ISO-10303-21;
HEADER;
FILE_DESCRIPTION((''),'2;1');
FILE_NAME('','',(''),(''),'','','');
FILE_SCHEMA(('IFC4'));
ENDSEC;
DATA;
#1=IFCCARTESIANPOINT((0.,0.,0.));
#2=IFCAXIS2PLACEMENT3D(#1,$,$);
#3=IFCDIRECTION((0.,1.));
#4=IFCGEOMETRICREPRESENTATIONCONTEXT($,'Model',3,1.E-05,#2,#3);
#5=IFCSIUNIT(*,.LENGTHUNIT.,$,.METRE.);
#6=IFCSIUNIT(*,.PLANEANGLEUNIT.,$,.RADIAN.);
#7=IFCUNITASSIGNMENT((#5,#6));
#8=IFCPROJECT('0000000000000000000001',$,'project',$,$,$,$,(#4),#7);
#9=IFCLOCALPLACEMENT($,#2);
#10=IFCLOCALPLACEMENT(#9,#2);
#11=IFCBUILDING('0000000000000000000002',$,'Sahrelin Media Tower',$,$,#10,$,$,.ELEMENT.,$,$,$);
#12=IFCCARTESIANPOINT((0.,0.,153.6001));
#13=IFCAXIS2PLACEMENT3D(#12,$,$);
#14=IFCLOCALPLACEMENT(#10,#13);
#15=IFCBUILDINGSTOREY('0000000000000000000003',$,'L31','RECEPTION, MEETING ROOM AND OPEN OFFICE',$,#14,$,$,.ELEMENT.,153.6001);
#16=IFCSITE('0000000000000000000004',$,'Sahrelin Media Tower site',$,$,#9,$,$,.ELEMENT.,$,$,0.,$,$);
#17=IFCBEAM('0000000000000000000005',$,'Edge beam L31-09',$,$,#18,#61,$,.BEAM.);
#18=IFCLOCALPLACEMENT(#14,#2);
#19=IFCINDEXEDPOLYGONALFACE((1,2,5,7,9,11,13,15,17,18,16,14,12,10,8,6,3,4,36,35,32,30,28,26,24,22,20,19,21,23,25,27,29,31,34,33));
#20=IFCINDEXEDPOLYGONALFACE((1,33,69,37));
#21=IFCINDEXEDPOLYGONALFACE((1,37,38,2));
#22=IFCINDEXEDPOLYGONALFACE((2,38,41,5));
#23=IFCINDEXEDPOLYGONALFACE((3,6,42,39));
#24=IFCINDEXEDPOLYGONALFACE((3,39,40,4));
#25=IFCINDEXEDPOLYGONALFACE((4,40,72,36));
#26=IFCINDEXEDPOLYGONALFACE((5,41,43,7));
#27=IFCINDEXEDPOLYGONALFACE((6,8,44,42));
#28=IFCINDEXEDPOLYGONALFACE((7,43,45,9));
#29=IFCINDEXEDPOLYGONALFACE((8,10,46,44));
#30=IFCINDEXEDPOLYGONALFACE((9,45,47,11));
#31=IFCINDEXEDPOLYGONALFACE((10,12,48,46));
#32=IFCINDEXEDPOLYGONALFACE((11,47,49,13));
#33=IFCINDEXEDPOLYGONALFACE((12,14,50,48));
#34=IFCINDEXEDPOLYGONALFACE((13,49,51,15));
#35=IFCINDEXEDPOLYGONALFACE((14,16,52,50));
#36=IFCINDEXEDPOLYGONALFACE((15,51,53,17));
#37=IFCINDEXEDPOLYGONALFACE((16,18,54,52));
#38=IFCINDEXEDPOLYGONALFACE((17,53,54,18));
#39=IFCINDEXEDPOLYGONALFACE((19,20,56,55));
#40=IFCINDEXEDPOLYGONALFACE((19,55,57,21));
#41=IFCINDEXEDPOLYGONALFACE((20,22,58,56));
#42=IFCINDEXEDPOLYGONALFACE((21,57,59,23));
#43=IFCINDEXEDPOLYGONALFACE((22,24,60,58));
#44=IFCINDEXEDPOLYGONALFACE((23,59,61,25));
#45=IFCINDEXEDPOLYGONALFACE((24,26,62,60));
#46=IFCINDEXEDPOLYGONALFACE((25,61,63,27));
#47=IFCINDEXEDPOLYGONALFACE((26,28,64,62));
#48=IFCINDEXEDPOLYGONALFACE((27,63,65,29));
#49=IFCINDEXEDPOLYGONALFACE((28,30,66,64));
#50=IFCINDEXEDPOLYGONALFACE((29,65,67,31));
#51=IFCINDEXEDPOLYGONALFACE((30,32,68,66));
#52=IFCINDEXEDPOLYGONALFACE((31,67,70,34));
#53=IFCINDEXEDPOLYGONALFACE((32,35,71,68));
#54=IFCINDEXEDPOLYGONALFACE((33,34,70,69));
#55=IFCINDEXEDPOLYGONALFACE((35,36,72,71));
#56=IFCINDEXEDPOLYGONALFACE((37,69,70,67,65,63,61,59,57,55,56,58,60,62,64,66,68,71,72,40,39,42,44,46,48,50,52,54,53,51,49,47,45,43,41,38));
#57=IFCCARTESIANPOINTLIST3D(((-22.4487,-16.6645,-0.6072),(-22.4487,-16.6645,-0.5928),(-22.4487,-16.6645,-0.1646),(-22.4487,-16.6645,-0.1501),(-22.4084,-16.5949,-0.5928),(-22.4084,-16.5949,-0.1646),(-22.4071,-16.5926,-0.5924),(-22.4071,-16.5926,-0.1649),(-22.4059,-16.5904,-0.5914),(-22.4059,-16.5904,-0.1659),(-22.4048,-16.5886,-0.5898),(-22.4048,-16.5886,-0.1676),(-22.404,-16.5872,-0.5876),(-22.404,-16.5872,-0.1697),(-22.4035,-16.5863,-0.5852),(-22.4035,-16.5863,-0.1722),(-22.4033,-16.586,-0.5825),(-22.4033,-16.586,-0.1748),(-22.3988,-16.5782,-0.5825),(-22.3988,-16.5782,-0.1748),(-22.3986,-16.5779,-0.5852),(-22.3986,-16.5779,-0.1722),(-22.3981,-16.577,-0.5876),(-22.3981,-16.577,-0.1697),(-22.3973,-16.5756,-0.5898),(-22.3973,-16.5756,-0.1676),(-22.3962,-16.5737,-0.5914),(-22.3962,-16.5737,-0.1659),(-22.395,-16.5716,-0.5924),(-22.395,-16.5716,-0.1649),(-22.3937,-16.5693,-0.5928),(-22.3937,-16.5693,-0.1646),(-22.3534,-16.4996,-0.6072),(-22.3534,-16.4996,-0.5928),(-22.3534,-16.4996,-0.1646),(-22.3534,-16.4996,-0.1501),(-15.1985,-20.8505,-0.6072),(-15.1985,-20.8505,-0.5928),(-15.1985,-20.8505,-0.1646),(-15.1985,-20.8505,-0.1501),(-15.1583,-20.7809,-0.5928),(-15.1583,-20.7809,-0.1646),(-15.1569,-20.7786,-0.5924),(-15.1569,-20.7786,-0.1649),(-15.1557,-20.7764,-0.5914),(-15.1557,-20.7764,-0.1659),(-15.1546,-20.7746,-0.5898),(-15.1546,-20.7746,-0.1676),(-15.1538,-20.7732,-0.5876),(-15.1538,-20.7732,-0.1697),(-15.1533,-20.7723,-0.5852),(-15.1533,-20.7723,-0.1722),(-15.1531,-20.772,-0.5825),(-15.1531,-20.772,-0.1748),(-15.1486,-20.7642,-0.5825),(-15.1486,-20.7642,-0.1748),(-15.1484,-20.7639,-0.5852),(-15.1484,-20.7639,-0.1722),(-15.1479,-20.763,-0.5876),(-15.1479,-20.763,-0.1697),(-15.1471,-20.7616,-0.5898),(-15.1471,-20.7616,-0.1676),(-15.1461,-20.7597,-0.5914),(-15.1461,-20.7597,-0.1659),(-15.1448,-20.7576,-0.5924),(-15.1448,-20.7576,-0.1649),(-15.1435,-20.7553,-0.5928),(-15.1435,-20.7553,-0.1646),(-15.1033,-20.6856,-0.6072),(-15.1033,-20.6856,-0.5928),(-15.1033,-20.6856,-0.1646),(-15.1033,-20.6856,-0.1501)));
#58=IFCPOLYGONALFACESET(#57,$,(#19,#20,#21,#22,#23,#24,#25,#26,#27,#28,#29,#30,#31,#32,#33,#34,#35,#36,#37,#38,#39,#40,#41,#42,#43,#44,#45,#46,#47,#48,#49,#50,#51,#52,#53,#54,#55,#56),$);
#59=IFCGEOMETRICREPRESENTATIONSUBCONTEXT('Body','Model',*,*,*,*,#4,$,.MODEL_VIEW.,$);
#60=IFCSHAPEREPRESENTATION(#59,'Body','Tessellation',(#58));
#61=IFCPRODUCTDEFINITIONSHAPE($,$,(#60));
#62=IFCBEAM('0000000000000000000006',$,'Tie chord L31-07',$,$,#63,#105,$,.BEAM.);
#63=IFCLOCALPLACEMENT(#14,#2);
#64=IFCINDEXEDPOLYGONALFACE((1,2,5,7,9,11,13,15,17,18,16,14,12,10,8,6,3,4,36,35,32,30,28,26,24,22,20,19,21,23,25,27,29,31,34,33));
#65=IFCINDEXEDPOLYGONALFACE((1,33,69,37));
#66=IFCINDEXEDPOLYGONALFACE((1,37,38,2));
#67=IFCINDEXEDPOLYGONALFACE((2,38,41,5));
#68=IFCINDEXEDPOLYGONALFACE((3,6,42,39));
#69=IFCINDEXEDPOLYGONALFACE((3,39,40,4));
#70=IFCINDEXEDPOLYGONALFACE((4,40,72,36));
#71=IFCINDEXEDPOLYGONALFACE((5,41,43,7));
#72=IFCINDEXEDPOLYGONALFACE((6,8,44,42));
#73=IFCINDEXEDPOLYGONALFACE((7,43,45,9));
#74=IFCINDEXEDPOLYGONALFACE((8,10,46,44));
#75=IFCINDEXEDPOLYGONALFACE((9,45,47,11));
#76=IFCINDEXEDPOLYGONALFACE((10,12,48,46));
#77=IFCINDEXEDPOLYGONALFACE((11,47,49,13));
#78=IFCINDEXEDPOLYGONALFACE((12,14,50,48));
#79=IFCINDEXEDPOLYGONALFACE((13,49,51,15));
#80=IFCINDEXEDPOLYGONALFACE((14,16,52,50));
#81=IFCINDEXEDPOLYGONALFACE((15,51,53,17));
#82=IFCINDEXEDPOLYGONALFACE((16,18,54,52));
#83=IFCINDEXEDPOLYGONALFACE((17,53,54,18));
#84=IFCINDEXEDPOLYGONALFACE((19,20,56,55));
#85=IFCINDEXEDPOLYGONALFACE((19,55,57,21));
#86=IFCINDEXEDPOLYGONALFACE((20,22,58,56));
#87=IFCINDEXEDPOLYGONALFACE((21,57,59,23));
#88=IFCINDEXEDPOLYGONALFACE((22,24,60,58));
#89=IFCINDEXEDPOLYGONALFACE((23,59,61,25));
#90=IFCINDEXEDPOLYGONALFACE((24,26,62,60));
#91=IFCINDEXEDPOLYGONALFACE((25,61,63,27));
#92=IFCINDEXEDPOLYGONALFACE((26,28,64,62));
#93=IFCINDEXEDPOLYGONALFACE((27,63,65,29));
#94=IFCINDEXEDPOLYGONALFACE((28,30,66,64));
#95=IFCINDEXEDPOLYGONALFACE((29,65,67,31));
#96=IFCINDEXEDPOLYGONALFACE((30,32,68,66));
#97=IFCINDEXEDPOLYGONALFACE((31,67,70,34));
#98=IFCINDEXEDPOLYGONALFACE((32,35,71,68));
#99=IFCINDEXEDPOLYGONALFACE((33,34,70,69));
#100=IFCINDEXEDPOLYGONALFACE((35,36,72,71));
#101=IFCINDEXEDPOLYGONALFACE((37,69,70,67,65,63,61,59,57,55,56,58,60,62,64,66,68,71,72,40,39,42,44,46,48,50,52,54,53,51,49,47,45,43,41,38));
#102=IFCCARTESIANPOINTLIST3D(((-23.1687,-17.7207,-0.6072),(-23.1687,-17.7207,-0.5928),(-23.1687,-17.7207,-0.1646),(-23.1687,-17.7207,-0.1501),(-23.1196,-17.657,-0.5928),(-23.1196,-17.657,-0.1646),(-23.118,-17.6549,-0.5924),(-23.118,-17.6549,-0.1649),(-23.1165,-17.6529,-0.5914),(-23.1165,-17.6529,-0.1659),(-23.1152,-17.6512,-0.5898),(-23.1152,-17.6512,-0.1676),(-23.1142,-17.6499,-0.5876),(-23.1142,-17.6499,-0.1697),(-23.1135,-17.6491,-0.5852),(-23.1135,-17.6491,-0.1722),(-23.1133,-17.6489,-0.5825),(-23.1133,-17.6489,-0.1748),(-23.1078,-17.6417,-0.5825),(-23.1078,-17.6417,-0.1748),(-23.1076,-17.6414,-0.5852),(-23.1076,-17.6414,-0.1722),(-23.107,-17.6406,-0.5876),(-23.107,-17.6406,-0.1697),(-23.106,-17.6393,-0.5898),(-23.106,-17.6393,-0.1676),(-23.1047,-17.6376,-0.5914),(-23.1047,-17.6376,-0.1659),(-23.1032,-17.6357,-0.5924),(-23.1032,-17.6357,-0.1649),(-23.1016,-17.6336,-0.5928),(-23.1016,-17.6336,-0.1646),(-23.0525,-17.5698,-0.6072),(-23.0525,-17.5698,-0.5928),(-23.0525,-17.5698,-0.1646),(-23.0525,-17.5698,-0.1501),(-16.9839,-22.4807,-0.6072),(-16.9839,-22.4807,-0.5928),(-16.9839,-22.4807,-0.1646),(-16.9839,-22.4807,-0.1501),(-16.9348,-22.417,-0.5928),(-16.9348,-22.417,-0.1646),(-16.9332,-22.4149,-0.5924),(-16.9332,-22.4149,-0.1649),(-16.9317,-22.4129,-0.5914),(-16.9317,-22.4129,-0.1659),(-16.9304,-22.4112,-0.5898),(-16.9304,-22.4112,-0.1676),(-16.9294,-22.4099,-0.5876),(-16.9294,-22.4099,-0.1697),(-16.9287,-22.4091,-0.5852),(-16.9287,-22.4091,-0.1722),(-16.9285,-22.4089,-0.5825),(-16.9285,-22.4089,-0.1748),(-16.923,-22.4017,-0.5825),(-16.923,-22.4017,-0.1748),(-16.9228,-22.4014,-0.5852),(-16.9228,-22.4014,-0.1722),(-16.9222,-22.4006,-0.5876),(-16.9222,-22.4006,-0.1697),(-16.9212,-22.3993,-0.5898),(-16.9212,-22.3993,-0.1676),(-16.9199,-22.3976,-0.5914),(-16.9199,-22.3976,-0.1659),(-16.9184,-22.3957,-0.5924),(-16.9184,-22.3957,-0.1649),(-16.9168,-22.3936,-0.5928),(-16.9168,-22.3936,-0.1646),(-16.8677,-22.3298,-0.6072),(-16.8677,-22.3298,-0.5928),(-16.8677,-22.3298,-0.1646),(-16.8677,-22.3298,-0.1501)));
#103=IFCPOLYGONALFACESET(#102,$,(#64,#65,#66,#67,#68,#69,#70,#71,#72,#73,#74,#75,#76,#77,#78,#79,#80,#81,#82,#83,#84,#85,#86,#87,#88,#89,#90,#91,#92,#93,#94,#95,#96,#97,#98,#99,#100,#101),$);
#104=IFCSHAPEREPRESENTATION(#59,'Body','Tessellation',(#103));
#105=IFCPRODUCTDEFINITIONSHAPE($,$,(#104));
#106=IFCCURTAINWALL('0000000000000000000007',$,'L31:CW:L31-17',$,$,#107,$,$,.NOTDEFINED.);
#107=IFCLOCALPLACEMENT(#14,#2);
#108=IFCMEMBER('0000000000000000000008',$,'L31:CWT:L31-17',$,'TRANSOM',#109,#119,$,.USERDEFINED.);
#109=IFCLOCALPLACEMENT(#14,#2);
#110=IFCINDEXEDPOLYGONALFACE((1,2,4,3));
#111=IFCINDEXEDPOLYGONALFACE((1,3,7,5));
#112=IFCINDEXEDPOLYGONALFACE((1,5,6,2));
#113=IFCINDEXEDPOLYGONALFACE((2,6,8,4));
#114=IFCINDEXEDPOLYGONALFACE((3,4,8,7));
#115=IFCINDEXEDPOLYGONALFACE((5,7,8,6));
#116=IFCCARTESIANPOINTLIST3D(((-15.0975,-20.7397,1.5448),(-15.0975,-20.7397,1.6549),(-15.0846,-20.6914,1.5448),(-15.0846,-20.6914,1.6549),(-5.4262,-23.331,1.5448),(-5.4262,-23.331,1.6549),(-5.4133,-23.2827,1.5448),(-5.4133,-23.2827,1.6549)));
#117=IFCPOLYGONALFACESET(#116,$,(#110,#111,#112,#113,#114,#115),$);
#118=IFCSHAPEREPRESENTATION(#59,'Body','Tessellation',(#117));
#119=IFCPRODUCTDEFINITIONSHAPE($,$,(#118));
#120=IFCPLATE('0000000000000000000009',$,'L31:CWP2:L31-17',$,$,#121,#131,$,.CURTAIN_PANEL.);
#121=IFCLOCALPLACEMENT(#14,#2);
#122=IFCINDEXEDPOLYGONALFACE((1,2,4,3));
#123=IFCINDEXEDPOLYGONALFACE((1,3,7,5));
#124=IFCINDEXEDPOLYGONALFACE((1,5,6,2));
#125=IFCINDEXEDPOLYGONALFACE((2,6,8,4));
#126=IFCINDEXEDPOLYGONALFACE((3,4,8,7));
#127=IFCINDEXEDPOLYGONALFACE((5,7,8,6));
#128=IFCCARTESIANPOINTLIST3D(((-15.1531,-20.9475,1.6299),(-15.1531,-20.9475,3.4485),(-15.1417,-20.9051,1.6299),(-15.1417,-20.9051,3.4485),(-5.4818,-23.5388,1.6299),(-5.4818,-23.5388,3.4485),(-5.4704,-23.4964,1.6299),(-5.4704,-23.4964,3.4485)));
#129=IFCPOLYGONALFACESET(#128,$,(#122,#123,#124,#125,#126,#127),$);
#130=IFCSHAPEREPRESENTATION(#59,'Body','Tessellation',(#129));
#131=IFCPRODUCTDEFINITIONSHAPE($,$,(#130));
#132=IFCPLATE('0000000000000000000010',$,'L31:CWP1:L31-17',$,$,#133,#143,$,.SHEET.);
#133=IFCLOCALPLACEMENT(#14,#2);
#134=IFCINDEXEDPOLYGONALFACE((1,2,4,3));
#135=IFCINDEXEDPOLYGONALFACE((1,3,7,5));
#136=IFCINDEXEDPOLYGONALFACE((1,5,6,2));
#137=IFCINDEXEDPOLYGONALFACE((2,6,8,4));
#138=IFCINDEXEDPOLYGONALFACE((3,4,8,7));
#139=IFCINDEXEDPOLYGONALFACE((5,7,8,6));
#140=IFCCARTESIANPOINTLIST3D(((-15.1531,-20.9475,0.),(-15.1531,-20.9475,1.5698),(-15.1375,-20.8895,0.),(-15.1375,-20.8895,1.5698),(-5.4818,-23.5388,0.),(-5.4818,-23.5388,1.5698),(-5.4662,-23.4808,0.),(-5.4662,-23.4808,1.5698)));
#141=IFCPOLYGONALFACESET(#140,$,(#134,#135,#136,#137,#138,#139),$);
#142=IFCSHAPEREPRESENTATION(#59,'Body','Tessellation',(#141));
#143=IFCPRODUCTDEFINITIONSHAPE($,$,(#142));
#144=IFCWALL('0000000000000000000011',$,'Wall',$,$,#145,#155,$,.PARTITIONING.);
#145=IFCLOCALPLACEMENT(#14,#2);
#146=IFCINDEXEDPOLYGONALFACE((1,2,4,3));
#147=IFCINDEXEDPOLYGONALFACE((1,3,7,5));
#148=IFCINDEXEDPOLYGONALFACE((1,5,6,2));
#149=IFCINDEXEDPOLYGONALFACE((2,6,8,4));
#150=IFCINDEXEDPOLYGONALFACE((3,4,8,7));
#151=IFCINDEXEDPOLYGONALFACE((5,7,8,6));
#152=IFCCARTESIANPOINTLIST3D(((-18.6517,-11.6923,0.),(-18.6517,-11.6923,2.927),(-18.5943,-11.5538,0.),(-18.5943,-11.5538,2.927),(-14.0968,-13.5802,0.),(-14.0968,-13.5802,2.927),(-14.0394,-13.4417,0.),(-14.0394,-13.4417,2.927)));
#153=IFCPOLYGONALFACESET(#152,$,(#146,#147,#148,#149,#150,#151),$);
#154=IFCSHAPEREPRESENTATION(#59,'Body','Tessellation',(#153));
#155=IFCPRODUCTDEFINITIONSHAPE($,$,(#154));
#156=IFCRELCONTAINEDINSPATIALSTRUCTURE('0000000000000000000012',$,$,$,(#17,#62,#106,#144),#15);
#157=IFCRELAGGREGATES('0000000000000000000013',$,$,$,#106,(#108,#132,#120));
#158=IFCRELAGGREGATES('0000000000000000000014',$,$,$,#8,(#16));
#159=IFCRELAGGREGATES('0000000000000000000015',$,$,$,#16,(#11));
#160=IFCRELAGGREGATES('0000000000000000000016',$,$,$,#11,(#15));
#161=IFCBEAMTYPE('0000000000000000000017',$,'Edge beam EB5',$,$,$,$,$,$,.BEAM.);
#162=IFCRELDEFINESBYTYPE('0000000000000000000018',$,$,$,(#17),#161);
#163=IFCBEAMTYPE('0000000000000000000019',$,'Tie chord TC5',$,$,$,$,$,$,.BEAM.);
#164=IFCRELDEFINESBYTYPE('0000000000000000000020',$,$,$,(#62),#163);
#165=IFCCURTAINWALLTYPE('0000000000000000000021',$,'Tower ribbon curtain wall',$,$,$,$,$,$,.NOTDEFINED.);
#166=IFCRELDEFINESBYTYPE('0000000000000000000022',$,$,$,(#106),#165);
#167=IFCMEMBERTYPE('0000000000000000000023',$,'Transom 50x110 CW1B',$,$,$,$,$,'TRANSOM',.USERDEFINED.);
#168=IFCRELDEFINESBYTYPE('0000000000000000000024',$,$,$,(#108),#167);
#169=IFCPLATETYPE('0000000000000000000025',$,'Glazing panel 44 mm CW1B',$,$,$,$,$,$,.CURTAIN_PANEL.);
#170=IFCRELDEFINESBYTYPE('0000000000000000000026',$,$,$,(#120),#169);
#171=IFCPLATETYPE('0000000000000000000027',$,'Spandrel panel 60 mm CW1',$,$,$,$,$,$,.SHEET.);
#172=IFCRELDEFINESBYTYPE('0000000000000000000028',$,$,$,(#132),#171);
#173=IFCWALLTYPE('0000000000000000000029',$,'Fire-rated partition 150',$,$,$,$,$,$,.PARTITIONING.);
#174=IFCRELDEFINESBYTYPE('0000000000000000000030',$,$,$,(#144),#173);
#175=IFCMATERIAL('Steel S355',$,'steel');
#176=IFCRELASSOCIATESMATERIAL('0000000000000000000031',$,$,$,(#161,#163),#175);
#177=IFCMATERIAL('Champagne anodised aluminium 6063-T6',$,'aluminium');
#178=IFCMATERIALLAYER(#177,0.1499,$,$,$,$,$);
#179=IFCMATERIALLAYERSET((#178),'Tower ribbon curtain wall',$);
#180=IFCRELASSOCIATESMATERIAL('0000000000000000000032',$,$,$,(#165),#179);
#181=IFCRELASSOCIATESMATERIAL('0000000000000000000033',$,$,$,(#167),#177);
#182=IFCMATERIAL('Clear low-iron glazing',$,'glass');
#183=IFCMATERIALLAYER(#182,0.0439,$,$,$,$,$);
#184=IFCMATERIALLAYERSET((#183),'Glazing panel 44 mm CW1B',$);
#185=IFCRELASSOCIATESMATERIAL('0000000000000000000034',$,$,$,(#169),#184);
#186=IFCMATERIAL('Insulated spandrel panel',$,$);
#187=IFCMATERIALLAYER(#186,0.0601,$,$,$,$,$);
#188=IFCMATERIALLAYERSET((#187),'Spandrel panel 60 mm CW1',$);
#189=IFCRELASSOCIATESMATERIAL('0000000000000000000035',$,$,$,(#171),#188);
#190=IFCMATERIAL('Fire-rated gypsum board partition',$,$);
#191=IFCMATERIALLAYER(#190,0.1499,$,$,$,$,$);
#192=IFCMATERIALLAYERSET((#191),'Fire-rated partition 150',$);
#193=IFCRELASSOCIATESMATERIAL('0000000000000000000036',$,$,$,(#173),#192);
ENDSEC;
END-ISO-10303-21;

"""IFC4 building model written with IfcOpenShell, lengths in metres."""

from ifc_helpers import new_model, si_unit, direction, frame, frame_2d, origin, origin_2d, place, context, subcontext, project, spatial, polyline, rectangle, i_section, outline, extrude, material, layer, layer_set, material_profile, profile_set, type_object, element, aggregate, save


model = new_model("IFC4")

# Units and contexts
model_context = context("Model", 3, precision=1e-05, world=origin(), true_north=direction((0.0, 1.0)))
body_context = subcontext(model_context, "Body", "Model", "MODEL_VIEW")
ifc_project = project(units=[si_unit("LENGTHUNIT", "METRE"), si_unit("PLANEANGLEUNIT", "RADIAN")], contexts=[model_context])

# Site, building, storey
site_placement = place(None, origin())
site = spatial("IfcSite", under=ifc_project, at=site_placement, Name="Sahrelin Media Tower site", CompositionType="ELEMENT", RefElevation=0.0)
building_placement = place(site_placement, origin())
building = spatial("IfcBuilding", under=site, at=building_placement, Name="Sahrelin Media Tower", CompositionType="ELEMENT")
storey_placement = place(building_placement, frame((0.0, 0.0, 153.6001)))
storey = spatial("IfcBuildingStorey", under=building, at=storey_placement, Name="L31", Description="RECEPTION, MEETING ROOM AND OPEN OFFICE", CompositionType="ELEMENT", Elevation=153.6001)

# Beams
ifc_material_1 = material(Name="Steel S355", Category="steel")
ifc_material_profile_1 = material_profile(ifc_material_1, i_section(OverallWidth=0.1904, OverallDepth=0.457, WebThickness=0.009, FlangeThickness=0.0144, FilletRadius=0.0103, at=origin_2d()), Name="UB 457x191x74")
ifc_profile_set_1 = profile_set([ifc_material_profile_1], Name="Steel S355")
beam_type_1 = type_object("IfcBeamType", Name="Edge beam EB5", PredefinedType="BEAM", material=ifc_profile_set_1)
beam_1_placement = place(storey_placement, frame((-15.1509, -20.7681, -0.3787), z_axis=(-0.86602, 0.500009, 0.0), x_axis=(-0.500009, -0.86602, 0.0)))
element("IfcBeam", 1, at=beam_1_placement, inside=storey, type_object=beam_type_1, Name="Edge beam L31-09", PredefinedType="BEAM", context=body_context, shape_type="SweptSolid", body=[
    extrude(i_section(OverallWidth=0.1904, OverallDepth=0.457, WebThickness=0.009, FlangeThickness=0.0144, FilletRadius=0.0103, at=origin_2d()), origin(), (0.0, 0.0, 1.0), 8.3718),
])
ifc_material_profile_2 = material_profile(ifc_material_1, i_section(OverallWidth=0.1904, OverallDepth=0.457, WebThickness=0.009, FlangeThickness=0.0144, FilletRadius=0.0103, at=origin_2d()), Name="UB 457x191x74")
ifc_profile_set_2 = profile_set([ifc_material_profile_2], Name="Steel S355")
beam_type_2 = type_object("IfcBeamType", Name="Tie chord TC5", PredefinedType="BEAM", material=ifc_profile_set_2)
beam_2_placement = place(storey_placement, frame((-16.9258, -22.4053, -0.3787), z_axis=(-0.792472, 0.609909, 0.0), x_axis=(-0.609909, -0.792472, 0.0)))
element("IfcBeam", 2, at=beam_2_placement, inside=storey, type_object=beam_type_2, Name="Tie chord L31-07", PredefinedType="BEAM", context=body_context, shape_type="SweptSolid", body=[
    extrude(i_section(OverallWidth=0.1904, OverallDepth=0.457, WebThickness=0.009, FlangeThickness=0.0144, FilletRadius=0.0103, at=origin_2d()), origin(), (0.0, 0.0, 1.0), 7.8044),
])

# Curtain wall, member, plates
ifc_material_2 = material(Name="Champagne anodised aluminium 6063-T6", Category="aluminium")
ifc_layer_1 = layer(ifc_material_2, 0.1499)
ifc_layer_set_1 = layer_set([ifc_layer_1], Name="Tower ribbon curtain wall")
curtain_wall_type = type_object("IfcCurtainWallType", Name="Tower ribbon curtain wall", PredefinedType="NOTDEFINED", material=ifc_layer_set_1)
curtain_wall_placement = place(storey_placement, frame((-10.3123, -22.2236, 0.0), z_axis=(0.0, 0.0, 1.0), x_axis=(1.0, 0.0, 0.0)))
curtain_wall = element("IfcCurtainWall", 3, at=curtain_wall_placement, inside=storey, type_object=curtain_wall_type, Name="L31:CW:L31-17", PredefinedType="NOTDEFINED")
ifc_material_profile_3 = material_profile(ifc_material_2, rectangle(XDim=0.05, YDim=0.1101, at=origin_2d()), Name="Transom 50x110")
ifc_profile_set_3 = profile_set([ifc_material_profile_3], Name="Champagne anodised aluminium 6063-T6")
member_type = type_object("IfcMemberType", Name="Transom 50x110 CW1B", ElementType="TRANSOM", PredefinedType="USERDEFINED", material=ifc_profile_set_3)
member_placement = place(storey_placement, frame((-15.0911, -20.7156, 1.5999), z_axis=(0.965929, -0.258807, 0.0), x_axis=(0.258807, 0.965929, 0.0)))
member = element("IfcMember", 4, at=member_placement, type_object=member_type, Name="L31:CWT:L31-17", ObjectType="TRANSOM", PredefinedType="USERDEFINED", context=body_context, shape_type="SweptSolid", body=[
    extrude(rectangle(XDim=0.05, YDim=0.1101, at=origin_2d()), origin(), (0.0, 0.0, 1.0), 10.0125),
])
ifc_material_3 = material(Name="Clear low-iron glazing", Category="glass")
ifc_layer_2 = layer(ifc_material_3, 0.0439)
ifc_layer_set_2 = layer_set([ifc_layer_2], Name="Glazing panel 44 mm CW1B")
plate_type_1 = type_object("IfcPlateType", Name="Glazing panel 44 mm CW1B", PredefinedType="CURTAIN_PANEL", material=ifc_layer_set_2)
plate_1_placement = place(storey_placement, frame((-15.1531, -20.9475, 1.6299), z_axis=(-0.258807, -0.965929, 0.0), x_axis=(0.965929, -0.258807, 0.0)))
plate_1 = element("IfcPlate", 5, at=plate_1_placement, type_object=plate_type_1, Name="L31:CWP2:L31-17", PredefinedType="CURTAIN_PANEL", context=body_context, shape_type="SweptSolid", body=[
    extrude(outline(polyline([(0.0, 0.0), (10.0125, 0.0), (10.0125, 1.8186), (0.0, 1.8186), (0.0, 0.0)])), origin(), (0.0, 0.0, -1.0), 0.0439),
])
ifc_material_4 = material(Name="Insulated spandrel panel")
ifc_layer_3 = layer(ifc_material_4, 0.0601)
ifc_layer_set_3 = layer_set([ifc_layer_3], Name="Spandrel panel 60 mm CW1")
plate_type_2 = type_object("IfcPlateType", Name="Spandrel panel 60 mm CW1", PredefinedType="SHEET", material=ifc_layer_set_3)
plate_2_placement = place(storey_placement, frame((-15.1531, -20.9475, 0.0), z_axis=(-0.258807, -0.965929, 0.0), x_axis=(0.965929, -0.258807, 0.0)))
plate_2 = element("IfcPlate", 6, at=plate_2_placement, type_object=plate_type_2, Name="L31:CWP1:L31-17", PredefinedType="SHEET", context=body_context, shape_type="SweptSolid", body=[
    extrude(outline(polyline([(0.0, 0.0), (10.0125, 0.0), (10.0125, 1.5698), (0.0, 1.5698), (0.0, 0.0)])), origin(), (0.0, 0.0, -1.0), 0.0601),
])
aggregate(curtain_wall, [member, plate_2, plate_1])

# Wall
ifc_material_5 = material(Name="Fire-rated gypsum board partition")
ifc_layer_4 = layer(ifc_material_5, 0.1499)
ifc_layer_set_4 = layer_set([ifc_layer_4], Name="Fire-rated partition 150")
wall_type_1 = type_object("IfcWallType", Name="Fire-rated partition 150", PredefinedType="PARTITIONING", material=ifc_layer_set_4)
wall_1_placement = place(storey_placement, frame((-18.623, -11.623, 0.0), z_axis=(0.0, 0.0, 1.0), x_axis=(0.923792, -0.382895, 0.0)))
element("IfcWall", 7, at=wall_1_placement, inside=storey, type_object=wall_type_1, Name="Wall", PredefinedType="PARTITIONING", context=body_context, shape_type="SweptSolid", body=[
    extrude(rectangle(XDim=4.9307, YDim=0.1499, at=frame_2d((2.4653, 0.0))), origin(), (0.0, 0.0, 1.0), 2.927),
])

save(model, "model.ifc")
